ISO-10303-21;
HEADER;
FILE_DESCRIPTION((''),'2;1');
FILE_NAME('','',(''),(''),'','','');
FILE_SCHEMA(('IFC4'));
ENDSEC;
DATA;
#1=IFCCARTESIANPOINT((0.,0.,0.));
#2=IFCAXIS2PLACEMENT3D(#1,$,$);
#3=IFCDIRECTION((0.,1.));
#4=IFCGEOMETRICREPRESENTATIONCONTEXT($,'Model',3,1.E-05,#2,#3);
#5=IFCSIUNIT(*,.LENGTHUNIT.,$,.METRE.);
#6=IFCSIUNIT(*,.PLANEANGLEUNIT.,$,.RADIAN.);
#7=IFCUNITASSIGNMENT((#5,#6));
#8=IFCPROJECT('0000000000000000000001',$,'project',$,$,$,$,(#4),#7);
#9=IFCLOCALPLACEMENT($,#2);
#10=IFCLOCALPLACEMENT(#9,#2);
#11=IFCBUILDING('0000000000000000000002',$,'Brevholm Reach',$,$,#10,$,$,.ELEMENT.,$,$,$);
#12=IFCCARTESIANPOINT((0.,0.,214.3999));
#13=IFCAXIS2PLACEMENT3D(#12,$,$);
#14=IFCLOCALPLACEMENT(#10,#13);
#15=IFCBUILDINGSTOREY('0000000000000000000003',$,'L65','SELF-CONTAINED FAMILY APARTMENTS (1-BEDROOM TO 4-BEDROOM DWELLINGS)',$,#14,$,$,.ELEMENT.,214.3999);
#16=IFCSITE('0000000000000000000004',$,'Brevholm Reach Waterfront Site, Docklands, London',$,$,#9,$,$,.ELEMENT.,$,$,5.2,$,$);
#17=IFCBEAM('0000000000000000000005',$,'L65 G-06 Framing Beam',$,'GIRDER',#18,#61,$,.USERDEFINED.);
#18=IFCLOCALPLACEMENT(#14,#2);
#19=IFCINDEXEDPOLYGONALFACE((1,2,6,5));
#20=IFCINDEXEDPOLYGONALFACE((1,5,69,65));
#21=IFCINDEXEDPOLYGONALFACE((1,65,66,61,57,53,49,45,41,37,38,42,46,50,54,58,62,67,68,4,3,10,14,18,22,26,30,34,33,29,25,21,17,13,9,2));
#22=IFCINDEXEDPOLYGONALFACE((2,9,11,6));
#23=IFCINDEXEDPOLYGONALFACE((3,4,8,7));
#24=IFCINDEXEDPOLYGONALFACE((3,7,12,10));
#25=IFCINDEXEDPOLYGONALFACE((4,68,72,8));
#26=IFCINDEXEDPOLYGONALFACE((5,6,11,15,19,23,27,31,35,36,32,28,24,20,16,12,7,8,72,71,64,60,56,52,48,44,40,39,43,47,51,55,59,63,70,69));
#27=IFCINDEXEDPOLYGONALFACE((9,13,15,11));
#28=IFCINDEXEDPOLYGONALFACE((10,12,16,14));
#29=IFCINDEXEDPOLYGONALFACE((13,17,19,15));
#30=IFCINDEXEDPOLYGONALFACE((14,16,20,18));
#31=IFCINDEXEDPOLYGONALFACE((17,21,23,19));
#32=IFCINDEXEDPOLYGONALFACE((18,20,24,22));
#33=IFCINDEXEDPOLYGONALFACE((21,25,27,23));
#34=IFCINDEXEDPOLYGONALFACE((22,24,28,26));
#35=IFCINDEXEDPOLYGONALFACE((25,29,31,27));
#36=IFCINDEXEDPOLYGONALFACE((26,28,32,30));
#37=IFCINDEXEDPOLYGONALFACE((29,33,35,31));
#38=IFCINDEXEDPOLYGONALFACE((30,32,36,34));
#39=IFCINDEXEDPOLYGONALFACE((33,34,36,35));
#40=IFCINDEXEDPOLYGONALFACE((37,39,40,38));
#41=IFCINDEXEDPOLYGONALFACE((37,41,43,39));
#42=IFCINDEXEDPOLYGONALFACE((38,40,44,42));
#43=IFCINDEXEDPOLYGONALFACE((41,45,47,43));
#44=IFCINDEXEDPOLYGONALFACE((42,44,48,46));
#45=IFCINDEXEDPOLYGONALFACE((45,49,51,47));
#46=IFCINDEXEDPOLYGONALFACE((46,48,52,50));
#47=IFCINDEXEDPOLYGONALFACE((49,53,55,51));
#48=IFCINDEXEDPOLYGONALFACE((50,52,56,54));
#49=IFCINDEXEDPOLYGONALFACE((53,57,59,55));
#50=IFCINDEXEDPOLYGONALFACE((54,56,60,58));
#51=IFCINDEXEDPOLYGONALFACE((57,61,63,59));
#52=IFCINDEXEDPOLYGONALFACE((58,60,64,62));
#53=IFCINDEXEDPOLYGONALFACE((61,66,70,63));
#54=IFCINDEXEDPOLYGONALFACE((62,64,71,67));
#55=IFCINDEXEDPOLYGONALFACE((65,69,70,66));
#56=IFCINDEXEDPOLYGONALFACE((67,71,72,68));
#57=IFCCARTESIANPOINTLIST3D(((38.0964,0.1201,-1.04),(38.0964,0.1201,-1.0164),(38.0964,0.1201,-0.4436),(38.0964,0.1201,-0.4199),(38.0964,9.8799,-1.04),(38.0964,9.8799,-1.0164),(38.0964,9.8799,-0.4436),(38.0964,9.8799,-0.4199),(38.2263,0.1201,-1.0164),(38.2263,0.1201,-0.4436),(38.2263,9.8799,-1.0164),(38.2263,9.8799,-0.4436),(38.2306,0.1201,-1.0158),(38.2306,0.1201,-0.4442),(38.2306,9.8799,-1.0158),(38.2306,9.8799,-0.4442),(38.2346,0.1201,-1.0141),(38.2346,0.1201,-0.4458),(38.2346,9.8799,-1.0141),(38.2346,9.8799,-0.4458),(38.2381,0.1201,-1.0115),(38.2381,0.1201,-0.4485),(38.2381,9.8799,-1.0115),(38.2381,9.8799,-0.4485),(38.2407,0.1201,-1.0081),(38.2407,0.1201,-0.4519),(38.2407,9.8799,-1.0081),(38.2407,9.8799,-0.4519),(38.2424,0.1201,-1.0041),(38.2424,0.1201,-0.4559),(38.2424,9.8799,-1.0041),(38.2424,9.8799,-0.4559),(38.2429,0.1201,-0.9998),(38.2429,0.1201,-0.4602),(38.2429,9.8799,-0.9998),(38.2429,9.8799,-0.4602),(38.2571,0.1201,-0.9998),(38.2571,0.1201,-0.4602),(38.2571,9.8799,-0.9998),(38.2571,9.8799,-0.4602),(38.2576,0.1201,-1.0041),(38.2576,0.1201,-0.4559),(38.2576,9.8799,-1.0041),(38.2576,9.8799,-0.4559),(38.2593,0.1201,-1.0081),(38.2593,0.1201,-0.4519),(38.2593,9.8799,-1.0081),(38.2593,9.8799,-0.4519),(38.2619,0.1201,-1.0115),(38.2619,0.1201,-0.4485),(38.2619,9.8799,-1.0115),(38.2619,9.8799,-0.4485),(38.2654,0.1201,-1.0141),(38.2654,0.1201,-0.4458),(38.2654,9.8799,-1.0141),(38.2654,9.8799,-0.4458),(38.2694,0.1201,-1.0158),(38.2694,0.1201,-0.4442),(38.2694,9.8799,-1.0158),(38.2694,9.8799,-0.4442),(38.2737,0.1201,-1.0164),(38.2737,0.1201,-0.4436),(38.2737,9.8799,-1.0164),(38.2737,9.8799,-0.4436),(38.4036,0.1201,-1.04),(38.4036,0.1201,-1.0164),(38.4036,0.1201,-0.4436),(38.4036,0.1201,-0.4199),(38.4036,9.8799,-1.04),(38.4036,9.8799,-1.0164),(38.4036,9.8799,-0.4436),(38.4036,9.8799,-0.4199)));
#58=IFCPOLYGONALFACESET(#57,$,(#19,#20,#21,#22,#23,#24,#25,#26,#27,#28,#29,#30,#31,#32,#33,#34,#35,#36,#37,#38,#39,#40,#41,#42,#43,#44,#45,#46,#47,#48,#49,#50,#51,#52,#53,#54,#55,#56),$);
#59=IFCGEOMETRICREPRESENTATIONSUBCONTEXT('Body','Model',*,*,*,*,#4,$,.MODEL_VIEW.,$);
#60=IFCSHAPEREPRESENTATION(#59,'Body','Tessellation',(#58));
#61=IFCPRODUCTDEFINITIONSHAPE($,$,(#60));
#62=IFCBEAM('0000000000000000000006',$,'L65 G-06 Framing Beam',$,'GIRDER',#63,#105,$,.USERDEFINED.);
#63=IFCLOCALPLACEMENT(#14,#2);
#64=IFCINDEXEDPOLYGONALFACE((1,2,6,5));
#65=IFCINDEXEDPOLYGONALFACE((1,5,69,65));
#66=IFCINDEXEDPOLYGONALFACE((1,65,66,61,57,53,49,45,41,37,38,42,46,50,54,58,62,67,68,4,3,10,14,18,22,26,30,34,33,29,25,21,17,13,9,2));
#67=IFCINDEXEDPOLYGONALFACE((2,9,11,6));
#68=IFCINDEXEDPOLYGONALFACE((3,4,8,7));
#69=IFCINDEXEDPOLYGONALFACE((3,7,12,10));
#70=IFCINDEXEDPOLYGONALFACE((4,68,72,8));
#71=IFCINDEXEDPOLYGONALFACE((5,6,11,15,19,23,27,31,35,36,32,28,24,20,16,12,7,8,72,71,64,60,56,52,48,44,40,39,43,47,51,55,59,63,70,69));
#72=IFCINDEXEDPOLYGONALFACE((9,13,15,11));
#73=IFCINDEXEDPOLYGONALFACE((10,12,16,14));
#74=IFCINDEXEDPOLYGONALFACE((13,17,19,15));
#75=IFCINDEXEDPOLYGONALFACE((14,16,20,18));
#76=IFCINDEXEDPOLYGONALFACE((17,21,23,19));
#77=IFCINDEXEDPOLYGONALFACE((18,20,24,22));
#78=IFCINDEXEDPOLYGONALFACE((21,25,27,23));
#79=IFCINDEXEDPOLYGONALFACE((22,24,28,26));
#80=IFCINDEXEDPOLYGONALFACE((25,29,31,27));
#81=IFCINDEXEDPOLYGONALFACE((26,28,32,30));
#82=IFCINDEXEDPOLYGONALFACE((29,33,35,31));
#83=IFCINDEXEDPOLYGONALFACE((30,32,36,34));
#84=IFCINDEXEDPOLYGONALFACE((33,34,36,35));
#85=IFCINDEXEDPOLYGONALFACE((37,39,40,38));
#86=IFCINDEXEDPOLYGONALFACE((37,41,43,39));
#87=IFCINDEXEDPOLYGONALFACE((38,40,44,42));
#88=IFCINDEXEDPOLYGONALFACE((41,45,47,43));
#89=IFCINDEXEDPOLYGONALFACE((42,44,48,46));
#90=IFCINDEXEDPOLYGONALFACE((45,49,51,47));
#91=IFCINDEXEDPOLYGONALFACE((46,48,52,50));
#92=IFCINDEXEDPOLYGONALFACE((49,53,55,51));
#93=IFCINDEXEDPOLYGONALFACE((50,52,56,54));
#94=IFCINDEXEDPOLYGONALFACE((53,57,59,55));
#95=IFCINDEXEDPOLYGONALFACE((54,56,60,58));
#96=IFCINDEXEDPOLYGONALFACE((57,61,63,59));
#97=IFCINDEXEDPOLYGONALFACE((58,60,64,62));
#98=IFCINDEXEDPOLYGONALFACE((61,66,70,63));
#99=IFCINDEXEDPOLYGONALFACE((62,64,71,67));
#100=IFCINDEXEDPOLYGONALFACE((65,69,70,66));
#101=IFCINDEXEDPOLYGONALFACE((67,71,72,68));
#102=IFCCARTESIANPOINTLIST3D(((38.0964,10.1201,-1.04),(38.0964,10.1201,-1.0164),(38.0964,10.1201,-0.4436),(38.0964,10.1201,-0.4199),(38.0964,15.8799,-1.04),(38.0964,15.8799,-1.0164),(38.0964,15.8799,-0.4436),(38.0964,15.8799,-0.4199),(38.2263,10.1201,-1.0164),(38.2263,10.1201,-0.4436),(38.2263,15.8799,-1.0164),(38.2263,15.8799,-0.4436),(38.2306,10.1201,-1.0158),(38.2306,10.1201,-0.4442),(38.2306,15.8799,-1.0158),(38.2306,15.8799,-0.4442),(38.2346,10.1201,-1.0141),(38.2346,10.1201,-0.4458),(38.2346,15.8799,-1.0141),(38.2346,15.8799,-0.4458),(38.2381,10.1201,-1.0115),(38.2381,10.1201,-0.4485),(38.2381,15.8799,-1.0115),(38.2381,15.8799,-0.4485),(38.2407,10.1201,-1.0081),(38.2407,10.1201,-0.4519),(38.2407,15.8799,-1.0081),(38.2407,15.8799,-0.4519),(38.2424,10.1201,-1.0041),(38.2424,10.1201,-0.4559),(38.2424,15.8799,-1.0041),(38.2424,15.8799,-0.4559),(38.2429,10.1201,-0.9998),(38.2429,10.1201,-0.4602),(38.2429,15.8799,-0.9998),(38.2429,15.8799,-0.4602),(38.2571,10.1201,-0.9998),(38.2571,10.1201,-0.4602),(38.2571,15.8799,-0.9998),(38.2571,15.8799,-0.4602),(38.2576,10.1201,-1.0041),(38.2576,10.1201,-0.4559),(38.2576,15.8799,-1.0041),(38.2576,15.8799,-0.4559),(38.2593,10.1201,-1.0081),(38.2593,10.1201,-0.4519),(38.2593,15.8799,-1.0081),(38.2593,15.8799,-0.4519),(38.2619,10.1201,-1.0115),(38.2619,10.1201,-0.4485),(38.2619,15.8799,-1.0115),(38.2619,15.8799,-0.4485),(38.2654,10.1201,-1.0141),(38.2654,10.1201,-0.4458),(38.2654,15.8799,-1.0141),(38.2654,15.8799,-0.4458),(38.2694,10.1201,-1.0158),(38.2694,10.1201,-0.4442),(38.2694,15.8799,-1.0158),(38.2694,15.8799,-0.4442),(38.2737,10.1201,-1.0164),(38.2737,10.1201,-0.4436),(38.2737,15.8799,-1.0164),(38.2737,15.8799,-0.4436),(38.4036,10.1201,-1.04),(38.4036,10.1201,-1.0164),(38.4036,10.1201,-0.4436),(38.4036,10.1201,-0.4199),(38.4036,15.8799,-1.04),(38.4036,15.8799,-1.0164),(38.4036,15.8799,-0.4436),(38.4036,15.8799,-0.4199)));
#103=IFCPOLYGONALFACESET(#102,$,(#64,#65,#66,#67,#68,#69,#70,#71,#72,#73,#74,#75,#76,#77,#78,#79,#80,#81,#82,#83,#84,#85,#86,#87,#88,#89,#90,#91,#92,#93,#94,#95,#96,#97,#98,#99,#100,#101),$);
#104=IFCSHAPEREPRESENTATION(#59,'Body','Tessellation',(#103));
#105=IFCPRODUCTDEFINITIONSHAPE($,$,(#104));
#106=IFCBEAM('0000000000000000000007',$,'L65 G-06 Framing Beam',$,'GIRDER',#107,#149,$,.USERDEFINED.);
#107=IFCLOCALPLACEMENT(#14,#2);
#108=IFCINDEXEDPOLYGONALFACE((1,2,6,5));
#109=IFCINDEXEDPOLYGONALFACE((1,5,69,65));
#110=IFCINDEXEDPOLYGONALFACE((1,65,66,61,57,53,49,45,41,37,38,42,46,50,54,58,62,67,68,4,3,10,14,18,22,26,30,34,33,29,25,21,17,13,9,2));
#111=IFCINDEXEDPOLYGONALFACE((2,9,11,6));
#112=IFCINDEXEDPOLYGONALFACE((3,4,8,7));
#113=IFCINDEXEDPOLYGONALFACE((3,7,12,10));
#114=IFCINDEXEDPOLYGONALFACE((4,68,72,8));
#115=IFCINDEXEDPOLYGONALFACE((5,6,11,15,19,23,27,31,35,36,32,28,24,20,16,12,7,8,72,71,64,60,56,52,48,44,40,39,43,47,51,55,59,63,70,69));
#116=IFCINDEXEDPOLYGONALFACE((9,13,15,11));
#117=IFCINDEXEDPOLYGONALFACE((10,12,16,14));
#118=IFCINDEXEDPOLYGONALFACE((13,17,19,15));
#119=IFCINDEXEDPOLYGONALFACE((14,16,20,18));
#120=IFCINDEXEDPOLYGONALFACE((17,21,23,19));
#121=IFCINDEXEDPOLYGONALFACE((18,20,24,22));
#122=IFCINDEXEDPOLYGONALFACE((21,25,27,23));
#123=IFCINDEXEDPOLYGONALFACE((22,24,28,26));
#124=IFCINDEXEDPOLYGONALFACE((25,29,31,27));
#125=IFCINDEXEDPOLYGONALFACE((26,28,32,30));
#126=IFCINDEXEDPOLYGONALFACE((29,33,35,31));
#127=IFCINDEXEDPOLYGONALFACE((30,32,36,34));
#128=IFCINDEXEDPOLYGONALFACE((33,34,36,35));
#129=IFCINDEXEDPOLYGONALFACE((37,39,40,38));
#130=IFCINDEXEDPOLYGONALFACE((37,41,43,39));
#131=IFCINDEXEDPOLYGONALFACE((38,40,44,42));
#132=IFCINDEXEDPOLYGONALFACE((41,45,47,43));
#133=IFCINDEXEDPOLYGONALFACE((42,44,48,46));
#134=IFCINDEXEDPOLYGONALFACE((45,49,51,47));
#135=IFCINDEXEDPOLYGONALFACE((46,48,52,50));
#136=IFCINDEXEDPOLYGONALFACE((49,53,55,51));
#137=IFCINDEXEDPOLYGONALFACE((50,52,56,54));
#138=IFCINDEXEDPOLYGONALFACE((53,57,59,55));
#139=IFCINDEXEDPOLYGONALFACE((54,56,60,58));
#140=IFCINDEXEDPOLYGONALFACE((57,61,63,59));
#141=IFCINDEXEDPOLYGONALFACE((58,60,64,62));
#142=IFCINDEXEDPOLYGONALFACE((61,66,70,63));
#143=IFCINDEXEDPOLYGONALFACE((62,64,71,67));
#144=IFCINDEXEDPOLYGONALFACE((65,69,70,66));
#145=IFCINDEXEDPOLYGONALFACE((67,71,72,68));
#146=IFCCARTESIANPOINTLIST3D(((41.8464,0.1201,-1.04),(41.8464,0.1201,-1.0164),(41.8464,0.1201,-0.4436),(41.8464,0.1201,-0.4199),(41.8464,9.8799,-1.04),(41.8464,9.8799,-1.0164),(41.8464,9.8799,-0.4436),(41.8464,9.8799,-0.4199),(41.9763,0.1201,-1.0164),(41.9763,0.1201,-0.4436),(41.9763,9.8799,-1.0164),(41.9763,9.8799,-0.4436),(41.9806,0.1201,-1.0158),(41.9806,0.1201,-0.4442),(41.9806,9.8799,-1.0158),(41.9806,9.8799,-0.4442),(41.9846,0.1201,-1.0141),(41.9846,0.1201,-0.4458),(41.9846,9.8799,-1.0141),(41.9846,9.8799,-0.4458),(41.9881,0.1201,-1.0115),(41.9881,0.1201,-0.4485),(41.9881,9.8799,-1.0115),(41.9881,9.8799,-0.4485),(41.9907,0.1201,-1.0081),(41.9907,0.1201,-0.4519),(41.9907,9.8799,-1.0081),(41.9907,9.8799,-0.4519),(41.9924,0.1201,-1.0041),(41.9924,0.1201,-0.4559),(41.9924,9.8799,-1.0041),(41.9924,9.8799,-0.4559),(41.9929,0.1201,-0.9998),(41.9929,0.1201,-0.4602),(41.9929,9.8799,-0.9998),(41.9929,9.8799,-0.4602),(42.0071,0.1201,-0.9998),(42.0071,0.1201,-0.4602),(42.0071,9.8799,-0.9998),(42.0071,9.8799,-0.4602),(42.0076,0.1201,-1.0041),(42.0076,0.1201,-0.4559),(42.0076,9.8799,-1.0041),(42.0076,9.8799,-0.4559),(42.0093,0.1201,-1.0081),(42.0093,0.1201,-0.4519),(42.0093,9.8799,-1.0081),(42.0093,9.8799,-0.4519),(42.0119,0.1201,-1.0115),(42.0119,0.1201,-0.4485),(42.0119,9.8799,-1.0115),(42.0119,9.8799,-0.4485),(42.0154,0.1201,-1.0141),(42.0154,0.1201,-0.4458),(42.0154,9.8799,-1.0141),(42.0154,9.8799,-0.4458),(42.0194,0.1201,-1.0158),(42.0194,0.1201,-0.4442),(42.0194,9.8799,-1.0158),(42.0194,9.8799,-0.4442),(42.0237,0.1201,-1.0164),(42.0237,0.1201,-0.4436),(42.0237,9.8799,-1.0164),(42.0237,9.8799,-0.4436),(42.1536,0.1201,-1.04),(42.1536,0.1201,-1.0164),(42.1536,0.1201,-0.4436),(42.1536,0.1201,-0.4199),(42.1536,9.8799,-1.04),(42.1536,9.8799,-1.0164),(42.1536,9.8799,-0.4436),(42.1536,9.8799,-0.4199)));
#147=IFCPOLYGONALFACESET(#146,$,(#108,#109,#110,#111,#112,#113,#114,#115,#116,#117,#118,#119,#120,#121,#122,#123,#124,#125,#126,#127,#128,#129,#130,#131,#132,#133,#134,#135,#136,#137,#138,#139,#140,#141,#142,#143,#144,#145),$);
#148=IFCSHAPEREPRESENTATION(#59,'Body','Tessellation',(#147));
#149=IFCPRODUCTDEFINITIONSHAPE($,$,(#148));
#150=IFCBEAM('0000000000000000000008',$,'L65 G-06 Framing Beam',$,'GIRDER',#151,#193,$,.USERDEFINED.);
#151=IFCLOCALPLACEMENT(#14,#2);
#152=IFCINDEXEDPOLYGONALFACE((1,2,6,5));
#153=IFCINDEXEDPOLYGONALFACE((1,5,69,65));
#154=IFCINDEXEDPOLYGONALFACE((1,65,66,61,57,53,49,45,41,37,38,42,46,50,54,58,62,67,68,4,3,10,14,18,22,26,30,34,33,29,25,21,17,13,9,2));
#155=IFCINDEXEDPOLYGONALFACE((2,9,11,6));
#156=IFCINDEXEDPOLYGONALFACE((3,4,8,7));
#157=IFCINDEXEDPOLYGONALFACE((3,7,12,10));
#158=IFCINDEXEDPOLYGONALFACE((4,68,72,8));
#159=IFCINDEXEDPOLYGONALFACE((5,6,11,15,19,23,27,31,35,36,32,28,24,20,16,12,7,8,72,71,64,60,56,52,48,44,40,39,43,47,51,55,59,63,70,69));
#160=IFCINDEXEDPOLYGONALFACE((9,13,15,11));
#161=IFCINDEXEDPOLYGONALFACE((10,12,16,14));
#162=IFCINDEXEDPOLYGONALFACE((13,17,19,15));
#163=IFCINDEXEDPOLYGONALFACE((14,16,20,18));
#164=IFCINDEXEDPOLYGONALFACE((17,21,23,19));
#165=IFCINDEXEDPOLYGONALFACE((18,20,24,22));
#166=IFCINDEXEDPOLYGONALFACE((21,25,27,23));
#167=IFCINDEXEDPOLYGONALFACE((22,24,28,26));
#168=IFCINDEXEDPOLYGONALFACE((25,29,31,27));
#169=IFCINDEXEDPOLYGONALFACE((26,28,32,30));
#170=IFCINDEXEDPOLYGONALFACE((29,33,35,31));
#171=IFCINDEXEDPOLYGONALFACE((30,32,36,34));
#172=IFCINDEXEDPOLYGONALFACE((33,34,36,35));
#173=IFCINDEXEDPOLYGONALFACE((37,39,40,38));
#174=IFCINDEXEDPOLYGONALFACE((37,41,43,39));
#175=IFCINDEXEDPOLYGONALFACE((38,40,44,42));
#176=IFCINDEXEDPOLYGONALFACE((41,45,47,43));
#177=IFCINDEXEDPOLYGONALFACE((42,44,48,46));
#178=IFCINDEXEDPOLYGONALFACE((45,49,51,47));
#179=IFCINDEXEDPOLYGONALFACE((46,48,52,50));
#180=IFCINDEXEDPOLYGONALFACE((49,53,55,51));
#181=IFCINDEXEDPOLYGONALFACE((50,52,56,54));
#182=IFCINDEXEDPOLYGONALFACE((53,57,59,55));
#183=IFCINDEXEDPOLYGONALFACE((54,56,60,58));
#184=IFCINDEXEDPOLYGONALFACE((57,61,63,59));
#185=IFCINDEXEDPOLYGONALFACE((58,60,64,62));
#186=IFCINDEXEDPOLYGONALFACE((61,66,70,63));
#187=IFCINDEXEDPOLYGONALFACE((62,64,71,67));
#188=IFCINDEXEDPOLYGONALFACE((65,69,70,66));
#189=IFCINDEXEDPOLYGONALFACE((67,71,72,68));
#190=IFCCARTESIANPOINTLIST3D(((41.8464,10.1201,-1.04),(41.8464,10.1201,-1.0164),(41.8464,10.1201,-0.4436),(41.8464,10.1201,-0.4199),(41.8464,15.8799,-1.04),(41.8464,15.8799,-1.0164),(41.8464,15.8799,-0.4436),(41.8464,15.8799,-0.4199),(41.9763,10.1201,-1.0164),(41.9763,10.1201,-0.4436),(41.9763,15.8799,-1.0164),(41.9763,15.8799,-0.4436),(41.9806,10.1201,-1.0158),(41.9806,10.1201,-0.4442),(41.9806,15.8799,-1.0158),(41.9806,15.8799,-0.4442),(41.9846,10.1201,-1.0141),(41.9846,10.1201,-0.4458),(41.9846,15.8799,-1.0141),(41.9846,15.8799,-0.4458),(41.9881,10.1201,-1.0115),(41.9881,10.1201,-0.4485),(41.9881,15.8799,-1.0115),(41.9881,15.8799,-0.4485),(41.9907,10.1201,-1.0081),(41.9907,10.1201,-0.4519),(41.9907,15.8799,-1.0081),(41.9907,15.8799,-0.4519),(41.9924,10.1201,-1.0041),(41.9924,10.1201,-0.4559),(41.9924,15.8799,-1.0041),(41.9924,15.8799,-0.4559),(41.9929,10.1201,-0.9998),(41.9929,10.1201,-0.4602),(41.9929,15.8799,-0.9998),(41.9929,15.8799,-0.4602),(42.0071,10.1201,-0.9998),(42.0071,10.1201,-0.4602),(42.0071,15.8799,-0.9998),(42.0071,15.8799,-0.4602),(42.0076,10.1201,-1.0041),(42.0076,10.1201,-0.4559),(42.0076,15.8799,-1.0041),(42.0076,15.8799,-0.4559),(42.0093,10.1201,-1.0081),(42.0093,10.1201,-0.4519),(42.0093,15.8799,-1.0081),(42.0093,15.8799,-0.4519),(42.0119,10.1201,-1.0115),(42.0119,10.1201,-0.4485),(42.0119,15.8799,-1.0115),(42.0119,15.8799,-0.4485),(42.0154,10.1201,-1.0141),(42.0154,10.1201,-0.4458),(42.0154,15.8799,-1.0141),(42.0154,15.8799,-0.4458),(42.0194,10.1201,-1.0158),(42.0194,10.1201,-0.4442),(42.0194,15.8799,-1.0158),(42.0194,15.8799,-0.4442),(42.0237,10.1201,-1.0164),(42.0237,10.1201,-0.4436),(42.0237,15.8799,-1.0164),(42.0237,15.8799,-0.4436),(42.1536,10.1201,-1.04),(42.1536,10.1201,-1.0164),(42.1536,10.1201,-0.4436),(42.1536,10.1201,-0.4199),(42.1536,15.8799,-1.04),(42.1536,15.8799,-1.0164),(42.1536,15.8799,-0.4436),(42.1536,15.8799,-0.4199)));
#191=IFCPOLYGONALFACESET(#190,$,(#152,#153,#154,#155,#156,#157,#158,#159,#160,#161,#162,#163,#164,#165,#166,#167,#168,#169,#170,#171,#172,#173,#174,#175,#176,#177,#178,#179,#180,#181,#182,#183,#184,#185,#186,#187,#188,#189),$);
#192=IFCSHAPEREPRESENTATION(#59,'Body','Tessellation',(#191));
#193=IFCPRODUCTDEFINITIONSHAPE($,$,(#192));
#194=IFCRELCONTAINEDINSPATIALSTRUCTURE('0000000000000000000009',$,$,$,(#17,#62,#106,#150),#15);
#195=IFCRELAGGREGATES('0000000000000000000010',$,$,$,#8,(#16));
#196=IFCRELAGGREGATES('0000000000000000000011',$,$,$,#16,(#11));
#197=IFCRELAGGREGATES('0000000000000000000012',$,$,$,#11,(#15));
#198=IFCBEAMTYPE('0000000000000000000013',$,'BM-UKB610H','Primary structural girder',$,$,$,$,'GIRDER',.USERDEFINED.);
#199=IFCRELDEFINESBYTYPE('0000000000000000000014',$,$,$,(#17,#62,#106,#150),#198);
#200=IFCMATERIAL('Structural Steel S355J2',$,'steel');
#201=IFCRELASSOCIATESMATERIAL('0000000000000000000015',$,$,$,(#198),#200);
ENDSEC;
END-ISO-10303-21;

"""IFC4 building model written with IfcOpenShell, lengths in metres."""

from ifc_helpers import new_model, si_unit, direction, frame, origin, origin_2d, place, context, subcontext, project, spatial, i_section, extrude, material, material_profile, profile_set, type_object, element, save


model = new_model("IFC4")

# Units and contexts
model_context = context("Model", 3, precision=1e-05, world=origin(), true_north=direction((0.0, 1.0)))
body_context = subcontext(model_context, "Body", "Model", "MODEL_VIEW")
ifc_project = project(units=[si_unit("LENGTHUNIT", "METRE"), si_unit("PLANEANGLEUNIT", "RADIAN")], contexts=[model_context])

# Site, building, storey
site_placement = place(None, origin())
site = spatial("IfcSite", under=ifc_project, at=site_placement, Name="Brevholm Reach Waterfront Site, Docklands, London", CompositionType="ELEMENT", RefElevation=5.2)
building_placement = place(site_placement, origin())
building = spatial("IfcBuilding", under=site, at=building_placement, Name="Brevholm Reach", CompositionType="ELEMENT")
storey_placement = place(building_placement, frame((0.0, 0.0, 214.3999)))
storey = spatial("IfcBuildingStorey", under=building, at=storey_placement, Name="L65", Description="SELF-CONTAINED FAMILY APARTMENTS (1-BEDROOM TO 4-BEDROOM DWELLINGS)", CompositionType="ELEMENT", Elevation=214.3999)

# Beams
ifc_material_1 = material(Name="Structural Steel S355J2", Category="steel")
ifc_material_profile_1 = material_profile(ifc_material_1, i_section(OverallWidth=0.3071, OverallDepth=0.6201, WebThickness=0.0142, FlangeThickness=0.0237, FilletRadius=0.0166, at=origin_2d()), Name="UKB 610x305x179")
ifc_profile_set_1 = profile_set([ifc_material_profile_1], Name="Structural Steel S355J2")
beam_type_1 = type_object("IfcBeamType", Name="BM-UKB610H", Description="Primary structural girder", ElementType="GIRDER", PredefinedType="USERDEFINED", material=ifc_profile_set_1)
beam_1_placement = place(storey_placement, frame((38.25, 0.1201, -0.73), z_axis=(0.0, 1.0, 0.0), x_axis=(-1.0, 0.0, 0.0)))
element("IfcBeam", 1, at=beam_1_placement, inside=storey, type_object=beam_type_1, Name="L65 G-06 Framing Beam", ObjectType="GIRDER", PredefinedType="USERDEFINED", context=body_context, shape_type="SweptSolid", body=[
    extrude(i_section(OverallWidth=0.3071, OverallDepth=0.6201, WebThickness=0.0142, FlangeThickness=0.0237, FilletRadius=0.0166, at=origin_2d()), origin(), (0.0, 0.0, 1.0), 9.7598),
])
beam_2_placement = place(storey_placement, frame((38.25, 10.1201, -0.73), z_axis=(0.0, 1.0, 0.0), x_axis=(-1.0, 0.0, 0.0)))
element("IfcBeam", 2, at=beam_2_placement, inside=storey, type_object=beam_type_1, Name="L65 G-06 Framing Beam", ObjectType="GIRDER", PredefinedType="USERDEFINED", context=body_context, shape_type="SweptSolid", body=[
    extrude(i_section(OverallWidth=0.3071, OverallDepth=0.6201, WebThickness=0.0142, FlangeThickness=0.0237, FilletRadius=0.0166, at=origin_2d()), origin(), (0.0, 0.0, 1.0), 5.7598),
])
beam_3_placement = place(storey_placement, frame((42.0, 0.1201, -0.73), z_axis=(0.0, 1.0, 0.0), x_axis=(-1.0, 0.0, 0.0)))
element("IfcBeam", 3, at=beam_3_placement, inside=storey, type_object=beam_type_1, Name="L65 G-06 Framing Beam", ObjectType="GIRDER", PredefinedType="USERDEFINED", context=body_context, shape_type="SweptSolid", body=[
    extrude(i_section(OverallWidth=0.3071, OverallDepth=0.6201, WebThickness=0.0142, FlangeThickness=0.0237, FilletRadius=0.0166, at=origin_2d()), origin(), (0.0, 0.0, 1.0), 9.7598),
])
beam_4_placement = place(storey_placement, frame((42.0, 10.1201, -0.73), z_axis=(0.0, 1.0, 0.0), x_axis=(-1.0, 0.0, 0.0)))
element("IfcBeam", 4, at=beam_4_placement, inside=storey, type_object=beam_type_1, Name="L65 G-06 Framing Beam", ObjectType="GIRDER", PredefinedType="USERDEFINED", context=body_context, shape_type="SweptSolid", body=[
    extrude(i_section(OverallWidth=0.3071, OverallDepth=0.6201, WebThickness=0.0142, FlangeThickness=0.0237, FilletRadius=0.0166, at=origin_2d()), origin(), (0.0, 0.0, 1.0), 5.7598),
])

save(model, "model.ifc")
